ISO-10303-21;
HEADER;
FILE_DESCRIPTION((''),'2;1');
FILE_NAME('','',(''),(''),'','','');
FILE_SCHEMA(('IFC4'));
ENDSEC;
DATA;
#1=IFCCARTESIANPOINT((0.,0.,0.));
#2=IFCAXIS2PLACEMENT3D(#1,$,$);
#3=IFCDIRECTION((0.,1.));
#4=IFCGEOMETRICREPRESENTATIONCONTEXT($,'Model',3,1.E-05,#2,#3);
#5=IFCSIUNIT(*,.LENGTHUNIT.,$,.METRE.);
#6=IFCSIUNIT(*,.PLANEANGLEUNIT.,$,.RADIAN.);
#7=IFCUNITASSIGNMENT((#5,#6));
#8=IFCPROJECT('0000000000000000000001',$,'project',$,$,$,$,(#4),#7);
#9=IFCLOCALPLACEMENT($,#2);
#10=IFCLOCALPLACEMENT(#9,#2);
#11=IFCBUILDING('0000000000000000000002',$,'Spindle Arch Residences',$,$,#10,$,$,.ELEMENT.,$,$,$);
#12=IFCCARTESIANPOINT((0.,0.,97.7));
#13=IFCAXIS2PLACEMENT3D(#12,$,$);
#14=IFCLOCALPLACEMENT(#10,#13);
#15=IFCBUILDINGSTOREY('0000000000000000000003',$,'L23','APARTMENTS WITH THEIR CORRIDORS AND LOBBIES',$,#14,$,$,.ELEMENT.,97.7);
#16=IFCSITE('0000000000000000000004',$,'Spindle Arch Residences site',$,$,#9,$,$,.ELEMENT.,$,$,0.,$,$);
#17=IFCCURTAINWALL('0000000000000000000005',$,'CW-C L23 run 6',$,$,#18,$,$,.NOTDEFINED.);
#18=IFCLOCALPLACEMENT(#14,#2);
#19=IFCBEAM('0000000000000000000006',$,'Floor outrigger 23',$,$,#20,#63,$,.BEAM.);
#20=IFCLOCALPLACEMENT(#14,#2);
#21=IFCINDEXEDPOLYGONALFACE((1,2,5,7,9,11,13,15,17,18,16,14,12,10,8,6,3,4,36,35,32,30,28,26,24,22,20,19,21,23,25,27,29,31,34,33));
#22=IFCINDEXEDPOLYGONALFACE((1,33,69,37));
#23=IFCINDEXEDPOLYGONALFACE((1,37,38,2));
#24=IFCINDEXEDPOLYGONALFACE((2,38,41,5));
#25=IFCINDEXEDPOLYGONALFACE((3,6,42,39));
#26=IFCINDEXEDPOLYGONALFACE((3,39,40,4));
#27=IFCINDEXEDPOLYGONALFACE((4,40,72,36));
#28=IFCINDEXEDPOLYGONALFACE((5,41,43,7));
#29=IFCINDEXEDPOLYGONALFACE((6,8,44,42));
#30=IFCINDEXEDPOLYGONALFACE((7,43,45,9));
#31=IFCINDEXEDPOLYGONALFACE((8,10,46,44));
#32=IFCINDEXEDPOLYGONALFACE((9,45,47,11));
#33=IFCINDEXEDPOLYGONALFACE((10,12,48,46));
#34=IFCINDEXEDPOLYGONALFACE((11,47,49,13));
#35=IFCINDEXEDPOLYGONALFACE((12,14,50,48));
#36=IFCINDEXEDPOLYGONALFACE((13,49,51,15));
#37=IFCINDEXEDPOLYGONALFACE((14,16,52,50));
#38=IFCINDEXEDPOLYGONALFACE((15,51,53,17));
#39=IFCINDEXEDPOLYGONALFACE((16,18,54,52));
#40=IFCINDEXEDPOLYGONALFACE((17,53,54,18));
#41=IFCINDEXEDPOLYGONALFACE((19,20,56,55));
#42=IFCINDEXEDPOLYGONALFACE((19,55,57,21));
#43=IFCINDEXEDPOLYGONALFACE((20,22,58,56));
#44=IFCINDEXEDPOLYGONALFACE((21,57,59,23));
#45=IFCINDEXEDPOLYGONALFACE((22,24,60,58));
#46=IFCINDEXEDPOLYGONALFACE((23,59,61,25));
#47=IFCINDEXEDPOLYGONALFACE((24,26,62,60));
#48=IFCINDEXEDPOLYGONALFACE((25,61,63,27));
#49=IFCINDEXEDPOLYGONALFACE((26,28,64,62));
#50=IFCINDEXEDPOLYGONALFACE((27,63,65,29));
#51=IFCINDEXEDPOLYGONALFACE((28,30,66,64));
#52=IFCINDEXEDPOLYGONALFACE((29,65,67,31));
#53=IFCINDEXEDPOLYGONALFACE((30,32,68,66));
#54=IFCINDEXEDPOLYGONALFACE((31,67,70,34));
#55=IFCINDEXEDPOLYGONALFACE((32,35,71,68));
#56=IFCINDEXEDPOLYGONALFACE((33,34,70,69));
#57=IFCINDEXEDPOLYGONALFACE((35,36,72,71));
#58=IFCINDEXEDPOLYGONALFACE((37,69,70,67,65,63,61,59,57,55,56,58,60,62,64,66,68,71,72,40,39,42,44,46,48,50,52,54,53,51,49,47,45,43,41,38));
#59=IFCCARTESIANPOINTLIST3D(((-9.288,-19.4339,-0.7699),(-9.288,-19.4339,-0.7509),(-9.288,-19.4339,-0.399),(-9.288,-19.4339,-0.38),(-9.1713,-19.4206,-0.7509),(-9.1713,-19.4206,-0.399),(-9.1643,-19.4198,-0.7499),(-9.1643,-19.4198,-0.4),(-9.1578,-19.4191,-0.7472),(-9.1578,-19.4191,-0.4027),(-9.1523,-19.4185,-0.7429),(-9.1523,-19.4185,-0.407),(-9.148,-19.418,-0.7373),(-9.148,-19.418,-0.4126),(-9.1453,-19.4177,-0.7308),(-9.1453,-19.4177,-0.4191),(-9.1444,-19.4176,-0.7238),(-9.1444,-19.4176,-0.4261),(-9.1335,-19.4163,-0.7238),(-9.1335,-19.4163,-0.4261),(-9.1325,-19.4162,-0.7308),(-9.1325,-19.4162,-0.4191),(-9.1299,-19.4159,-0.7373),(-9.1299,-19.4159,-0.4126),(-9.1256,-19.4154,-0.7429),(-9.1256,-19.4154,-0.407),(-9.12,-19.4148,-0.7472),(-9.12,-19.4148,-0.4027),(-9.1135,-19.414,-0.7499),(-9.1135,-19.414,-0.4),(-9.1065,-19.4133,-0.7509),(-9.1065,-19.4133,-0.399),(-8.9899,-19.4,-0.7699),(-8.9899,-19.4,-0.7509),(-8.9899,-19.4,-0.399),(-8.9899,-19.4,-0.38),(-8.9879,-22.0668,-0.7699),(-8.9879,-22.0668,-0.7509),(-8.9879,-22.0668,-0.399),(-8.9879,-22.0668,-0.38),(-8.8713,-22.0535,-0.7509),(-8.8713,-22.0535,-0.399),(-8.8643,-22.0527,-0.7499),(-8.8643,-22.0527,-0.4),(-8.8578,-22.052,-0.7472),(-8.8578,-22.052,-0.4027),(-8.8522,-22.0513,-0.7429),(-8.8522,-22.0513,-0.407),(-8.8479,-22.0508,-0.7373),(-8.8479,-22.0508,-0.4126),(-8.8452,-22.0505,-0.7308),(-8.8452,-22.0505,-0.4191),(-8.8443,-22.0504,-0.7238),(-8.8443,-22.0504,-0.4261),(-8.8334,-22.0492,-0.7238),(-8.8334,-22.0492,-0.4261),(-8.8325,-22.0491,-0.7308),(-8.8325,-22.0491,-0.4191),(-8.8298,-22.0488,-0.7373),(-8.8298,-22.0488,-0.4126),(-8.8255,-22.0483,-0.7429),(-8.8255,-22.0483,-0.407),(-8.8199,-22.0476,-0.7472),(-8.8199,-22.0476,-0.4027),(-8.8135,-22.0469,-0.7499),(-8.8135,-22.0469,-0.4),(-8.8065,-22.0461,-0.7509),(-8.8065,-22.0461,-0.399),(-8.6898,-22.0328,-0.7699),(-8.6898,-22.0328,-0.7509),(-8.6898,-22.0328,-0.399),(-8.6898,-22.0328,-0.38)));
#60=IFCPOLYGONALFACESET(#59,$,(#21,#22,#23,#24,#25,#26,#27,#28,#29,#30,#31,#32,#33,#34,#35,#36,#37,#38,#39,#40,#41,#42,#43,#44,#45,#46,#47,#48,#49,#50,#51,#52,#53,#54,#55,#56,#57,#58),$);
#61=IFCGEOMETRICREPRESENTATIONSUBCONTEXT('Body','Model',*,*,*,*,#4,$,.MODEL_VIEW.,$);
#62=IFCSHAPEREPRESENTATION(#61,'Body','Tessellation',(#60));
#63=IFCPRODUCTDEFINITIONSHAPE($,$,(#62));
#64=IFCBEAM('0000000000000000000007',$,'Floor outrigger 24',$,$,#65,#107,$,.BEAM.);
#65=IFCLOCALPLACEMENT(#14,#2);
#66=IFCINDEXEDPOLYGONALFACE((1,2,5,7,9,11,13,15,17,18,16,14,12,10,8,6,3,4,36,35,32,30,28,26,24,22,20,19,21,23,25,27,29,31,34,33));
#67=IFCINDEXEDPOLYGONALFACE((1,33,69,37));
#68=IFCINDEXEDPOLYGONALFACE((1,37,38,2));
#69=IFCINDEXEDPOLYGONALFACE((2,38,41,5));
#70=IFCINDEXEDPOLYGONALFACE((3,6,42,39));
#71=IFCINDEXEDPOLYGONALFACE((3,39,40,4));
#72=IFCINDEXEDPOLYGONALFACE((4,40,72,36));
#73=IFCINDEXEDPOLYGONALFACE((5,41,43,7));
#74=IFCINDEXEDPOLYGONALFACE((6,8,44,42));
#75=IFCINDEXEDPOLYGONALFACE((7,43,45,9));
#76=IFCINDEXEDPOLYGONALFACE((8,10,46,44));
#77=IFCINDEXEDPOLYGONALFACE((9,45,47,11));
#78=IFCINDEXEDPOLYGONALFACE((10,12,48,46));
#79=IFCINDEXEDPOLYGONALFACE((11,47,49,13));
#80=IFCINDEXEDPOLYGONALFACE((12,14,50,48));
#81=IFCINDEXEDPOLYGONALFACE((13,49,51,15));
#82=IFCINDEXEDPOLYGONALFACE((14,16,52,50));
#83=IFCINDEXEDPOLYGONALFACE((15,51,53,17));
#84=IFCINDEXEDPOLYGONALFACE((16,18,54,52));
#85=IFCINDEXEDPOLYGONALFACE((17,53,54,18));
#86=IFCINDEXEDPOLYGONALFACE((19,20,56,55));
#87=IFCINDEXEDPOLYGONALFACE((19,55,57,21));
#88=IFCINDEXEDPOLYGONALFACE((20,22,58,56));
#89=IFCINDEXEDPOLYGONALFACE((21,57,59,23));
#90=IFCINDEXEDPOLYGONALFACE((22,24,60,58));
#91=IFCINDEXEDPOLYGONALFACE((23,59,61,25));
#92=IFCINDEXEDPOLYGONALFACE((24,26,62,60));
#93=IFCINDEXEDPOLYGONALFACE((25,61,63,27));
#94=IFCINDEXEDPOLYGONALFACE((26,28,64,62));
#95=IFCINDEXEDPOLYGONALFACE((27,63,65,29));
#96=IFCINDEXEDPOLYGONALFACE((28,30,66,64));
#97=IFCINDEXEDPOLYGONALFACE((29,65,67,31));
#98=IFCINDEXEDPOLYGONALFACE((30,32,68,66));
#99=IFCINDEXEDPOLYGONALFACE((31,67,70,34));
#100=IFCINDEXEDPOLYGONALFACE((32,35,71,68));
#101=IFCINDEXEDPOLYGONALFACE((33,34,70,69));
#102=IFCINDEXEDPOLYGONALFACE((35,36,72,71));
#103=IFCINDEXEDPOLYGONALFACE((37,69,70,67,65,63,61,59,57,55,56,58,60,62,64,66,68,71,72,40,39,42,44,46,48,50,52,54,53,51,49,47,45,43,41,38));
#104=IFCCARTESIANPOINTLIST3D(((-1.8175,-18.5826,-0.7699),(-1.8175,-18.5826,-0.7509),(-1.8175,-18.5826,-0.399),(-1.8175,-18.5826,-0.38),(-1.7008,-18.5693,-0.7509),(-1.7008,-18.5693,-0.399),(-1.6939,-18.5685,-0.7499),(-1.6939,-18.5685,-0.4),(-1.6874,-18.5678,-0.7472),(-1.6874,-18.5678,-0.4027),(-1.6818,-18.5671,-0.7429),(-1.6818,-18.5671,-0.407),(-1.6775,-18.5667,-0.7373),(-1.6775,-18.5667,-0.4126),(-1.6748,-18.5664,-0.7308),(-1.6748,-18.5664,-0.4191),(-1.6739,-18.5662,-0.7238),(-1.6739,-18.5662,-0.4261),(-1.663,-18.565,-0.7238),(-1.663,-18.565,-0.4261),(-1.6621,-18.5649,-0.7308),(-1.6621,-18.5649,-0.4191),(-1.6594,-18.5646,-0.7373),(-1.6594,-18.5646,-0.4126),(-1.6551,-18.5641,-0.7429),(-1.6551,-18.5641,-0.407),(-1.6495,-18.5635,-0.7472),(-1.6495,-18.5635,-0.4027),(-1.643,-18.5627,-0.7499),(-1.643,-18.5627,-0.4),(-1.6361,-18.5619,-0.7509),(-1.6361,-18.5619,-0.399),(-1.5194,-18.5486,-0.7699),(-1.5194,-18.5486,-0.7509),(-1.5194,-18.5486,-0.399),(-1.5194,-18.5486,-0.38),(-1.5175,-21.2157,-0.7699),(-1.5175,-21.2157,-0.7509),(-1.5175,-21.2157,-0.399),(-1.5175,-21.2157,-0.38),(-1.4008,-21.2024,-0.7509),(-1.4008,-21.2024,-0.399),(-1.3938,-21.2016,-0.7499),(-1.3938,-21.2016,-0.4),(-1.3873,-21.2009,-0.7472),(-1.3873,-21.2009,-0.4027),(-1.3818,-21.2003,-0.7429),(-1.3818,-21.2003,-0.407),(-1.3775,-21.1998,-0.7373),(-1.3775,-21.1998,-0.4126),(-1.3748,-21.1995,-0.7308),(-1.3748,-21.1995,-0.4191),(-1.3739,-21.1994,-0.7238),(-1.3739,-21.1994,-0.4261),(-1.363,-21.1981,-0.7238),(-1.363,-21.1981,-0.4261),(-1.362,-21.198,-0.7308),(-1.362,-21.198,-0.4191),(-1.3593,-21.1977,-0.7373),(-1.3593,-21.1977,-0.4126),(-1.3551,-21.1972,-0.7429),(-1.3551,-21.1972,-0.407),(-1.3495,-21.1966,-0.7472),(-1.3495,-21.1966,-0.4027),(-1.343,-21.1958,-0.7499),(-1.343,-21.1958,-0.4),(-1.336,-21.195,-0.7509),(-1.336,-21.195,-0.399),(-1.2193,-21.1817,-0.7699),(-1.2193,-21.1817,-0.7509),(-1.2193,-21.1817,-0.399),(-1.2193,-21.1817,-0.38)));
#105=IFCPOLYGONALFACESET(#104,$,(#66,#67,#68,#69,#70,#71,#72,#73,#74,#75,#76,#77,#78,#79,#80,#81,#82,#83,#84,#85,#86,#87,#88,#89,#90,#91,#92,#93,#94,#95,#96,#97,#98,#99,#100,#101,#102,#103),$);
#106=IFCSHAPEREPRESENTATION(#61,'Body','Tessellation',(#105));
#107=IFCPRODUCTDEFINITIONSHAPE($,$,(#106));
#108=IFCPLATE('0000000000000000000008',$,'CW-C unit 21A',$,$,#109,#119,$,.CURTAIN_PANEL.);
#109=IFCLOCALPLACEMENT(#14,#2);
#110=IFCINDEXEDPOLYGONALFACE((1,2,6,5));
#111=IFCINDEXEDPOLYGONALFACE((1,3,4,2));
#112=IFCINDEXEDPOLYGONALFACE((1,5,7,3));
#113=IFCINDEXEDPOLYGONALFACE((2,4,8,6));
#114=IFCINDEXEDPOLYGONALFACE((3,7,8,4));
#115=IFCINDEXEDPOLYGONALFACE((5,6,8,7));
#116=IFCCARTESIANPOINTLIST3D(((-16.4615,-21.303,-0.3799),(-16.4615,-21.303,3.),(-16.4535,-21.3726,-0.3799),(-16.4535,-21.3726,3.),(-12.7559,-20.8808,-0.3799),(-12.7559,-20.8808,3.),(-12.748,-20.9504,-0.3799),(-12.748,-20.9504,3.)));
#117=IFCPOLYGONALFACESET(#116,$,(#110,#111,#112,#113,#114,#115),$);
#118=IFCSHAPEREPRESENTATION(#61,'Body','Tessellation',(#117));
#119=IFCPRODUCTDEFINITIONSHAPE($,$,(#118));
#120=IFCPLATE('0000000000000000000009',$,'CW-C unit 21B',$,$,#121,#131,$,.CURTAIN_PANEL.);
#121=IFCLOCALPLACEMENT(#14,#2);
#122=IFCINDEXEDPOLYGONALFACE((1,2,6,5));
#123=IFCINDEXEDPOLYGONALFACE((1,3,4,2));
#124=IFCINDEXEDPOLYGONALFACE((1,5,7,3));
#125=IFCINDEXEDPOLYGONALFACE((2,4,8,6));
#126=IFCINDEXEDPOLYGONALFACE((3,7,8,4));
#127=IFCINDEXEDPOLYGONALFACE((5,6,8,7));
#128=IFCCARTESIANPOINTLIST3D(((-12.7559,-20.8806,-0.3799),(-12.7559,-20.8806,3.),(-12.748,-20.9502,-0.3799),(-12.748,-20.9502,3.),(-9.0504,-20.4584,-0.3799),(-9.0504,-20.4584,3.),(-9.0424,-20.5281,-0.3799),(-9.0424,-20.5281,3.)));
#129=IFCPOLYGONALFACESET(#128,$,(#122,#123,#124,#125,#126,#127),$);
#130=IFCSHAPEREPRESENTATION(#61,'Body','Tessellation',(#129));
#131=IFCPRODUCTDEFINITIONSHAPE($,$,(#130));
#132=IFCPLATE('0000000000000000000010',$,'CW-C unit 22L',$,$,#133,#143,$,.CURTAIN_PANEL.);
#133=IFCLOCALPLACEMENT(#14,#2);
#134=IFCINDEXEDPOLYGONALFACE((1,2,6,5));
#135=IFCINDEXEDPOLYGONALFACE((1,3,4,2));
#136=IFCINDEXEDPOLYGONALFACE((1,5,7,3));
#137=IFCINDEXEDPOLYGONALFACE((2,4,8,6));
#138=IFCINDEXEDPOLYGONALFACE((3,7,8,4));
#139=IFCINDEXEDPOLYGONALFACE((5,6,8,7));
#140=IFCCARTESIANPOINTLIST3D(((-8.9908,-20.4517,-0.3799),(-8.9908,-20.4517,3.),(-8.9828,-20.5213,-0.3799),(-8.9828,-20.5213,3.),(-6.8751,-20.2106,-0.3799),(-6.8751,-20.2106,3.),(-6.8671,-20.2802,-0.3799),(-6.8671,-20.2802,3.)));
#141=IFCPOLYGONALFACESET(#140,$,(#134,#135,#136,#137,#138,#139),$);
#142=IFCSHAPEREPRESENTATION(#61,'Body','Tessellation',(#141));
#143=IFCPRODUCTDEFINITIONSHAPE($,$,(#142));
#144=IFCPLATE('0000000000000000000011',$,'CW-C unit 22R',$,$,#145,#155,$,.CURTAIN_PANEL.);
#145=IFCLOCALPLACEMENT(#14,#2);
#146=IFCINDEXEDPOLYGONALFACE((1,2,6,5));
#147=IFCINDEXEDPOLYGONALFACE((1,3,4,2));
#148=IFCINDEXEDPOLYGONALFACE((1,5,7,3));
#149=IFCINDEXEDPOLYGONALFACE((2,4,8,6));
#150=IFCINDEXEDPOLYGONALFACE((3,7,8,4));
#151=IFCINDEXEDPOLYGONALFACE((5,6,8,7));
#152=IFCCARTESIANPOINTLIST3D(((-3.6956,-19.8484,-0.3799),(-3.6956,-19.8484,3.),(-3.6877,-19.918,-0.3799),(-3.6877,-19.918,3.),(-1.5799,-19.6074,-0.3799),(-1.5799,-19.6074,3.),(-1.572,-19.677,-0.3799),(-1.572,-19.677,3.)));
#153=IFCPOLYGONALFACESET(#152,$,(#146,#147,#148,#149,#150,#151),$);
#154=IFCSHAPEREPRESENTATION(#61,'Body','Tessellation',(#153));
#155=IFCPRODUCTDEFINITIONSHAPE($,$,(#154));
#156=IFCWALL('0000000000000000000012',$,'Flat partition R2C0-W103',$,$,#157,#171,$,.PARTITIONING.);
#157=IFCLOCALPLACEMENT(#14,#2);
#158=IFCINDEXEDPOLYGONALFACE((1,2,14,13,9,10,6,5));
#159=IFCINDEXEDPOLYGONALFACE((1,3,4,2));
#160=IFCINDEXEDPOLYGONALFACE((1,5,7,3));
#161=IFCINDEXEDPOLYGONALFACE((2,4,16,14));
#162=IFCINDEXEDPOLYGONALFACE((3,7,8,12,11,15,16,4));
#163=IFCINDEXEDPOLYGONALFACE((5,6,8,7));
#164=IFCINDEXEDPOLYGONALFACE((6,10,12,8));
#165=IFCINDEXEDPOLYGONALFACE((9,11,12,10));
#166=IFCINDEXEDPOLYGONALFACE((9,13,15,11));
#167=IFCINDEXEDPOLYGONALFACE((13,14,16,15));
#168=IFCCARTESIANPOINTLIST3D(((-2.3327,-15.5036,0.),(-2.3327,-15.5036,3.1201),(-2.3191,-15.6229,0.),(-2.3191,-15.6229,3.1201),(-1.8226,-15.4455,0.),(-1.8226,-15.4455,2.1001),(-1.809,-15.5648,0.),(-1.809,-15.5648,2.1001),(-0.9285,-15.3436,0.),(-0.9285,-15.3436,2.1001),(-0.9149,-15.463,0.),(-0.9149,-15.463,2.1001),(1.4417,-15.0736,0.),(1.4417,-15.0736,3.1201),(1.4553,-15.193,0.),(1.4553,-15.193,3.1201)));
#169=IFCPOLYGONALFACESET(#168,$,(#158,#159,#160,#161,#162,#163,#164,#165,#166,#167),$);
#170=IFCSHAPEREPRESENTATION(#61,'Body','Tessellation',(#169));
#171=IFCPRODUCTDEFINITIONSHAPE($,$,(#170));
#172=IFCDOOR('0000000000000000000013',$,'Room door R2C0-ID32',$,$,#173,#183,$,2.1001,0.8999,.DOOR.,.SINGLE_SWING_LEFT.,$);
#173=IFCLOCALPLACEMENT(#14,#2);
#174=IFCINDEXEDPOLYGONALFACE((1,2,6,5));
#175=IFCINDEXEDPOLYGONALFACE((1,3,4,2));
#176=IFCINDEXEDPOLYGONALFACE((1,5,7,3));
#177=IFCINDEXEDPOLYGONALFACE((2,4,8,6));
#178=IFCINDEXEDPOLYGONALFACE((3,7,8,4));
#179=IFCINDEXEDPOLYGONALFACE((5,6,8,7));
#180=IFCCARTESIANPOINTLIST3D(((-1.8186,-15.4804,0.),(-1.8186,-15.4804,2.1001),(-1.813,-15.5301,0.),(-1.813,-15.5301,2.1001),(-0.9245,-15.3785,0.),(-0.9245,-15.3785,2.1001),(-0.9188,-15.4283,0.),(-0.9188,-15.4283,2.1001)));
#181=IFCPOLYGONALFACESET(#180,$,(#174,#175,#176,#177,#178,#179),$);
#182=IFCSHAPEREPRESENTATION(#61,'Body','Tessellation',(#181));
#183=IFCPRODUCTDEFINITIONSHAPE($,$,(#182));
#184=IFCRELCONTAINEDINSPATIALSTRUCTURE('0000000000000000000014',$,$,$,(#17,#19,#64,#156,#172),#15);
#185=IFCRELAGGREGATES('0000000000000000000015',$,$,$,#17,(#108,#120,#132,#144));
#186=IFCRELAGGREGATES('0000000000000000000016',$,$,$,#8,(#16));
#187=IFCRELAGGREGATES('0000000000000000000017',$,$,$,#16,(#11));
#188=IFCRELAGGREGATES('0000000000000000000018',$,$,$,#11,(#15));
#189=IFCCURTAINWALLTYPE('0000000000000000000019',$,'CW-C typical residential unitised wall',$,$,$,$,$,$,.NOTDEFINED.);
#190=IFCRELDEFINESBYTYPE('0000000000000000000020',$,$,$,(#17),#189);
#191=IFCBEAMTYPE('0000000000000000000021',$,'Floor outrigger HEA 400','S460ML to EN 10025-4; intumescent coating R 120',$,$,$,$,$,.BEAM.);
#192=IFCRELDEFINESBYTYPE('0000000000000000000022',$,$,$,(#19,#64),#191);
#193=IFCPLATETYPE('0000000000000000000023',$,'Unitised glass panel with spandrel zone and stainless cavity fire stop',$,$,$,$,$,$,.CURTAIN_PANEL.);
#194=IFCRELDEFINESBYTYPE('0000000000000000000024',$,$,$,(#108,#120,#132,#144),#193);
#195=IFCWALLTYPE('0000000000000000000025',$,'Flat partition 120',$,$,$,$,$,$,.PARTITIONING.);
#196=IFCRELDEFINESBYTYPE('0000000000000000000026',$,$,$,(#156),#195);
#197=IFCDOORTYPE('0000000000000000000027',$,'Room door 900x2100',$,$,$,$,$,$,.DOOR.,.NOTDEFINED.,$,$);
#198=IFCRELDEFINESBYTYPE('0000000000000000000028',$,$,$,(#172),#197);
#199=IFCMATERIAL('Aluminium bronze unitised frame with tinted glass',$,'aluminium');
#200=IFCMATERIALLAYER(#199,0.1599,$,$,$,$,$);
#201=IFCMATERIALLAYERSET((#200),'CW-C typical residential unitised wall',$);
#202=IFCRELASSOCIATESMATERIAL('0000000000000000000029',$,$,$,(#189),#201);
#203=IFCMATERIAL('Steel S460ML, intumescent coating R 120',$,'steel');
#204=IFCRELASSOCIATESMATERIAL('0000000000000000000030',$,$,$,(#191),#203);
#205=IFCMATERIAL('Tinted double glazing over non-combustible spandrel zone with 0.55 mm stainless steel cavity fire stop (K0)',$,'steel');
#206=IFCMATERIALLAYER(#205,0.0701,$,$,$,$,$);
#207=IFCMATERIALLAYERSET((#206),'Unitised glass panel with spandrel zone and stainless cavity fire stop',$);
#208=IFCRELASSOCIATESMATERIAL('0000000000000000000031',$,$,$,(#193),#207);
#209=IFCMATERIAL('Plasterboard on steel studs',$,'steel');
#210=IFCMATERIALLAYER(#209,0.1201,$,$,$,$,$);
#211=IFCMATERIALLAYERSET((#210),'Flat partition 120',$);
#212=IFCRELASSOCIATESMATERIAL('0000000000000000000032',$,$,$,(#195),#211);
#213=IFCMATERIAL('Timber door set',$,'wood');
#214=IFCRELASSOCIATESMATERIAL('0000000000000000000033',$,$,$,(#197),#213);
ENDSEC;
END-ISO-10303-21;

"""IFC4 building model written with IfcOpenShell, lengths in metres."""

from ifc_helpers import new_model, si_unit, direction, frame, frame_2d, origin, origin_2d, place, context, subcontext, project, spatial, rectangle, i_section, extrude, material, layer, layer_set, material_profile, profile_set, type_object, element, fill, aggregate, save


model = new_model("IFC4")

# Units and contexts
model_context = context("Model", 3, precision=1e-05, world=origin(), true_north=direction((0.0, 1.0)))
body_context = subcontext(model_context, "Body", "Model", "MODEL_VIEW")
ifc_project = project(units=[si_unit("LENGTHUNIT", "METRE"), si_unit("PLANEANGLEUNIT", "RADIAN")], contexts=[model_context])

# Site, building, storey
site_placement = place(None, origin())
site = spatial("IfcSite", under=ifc_project, at=site_placement, Name="Spindle Arch Residences site", CompositionType="ELEMENT", RefElevation=0.0)
building_placement = place(site_placement, origin())
building = spatial("IfcBuilding", under=site, at=building_placement, Name="Spindle Arch Residences", CompositionType="ELEMENT")
storey_placement = place(building_placement, frame((0.0, 0.0, 97.7)))
storey = spatial("IfcBuildingStorey", under=building, at=storey_placement, Name="L23", Description="APARTMENTS WITH THEIR CORRIDORS AND LOBBIES", CompositionType="ELEMENT", Elevation=97.7)

# Curtain wall
ifc_material_1 = material(Name="Aluminium bronze unitised frame with tinted glass", Category="aluminium")
ifc_layer_1 = layer(ifc_material_1, 0.1599)
ifc_layer_set_1 = layer_set([ifc_layer_1], Name="CW-C typical residential unitised wall")
curtain_wall_type = type_object("IfcCurtainWallType", Name="CW-C typical residential unitised wall", PredefinedType="NOTDEFINED", material=ifc_layer_set_1)
curtain_wall_placement = place(storey_placement, origin())
curtain_wall = element("IfcCurtainWall", 1, at=curtain_wall_placement, inside=storey, type_object=curtain_wall_type, Name="CW-C L23 run 6", PredefinedType="NOTDEFINED")

# Beams
ifc_material_2 = material(Name="Steel S460ML, intumescent coating R 120", Category="steel")
ifc_material_profile_1 = material_profile(ifc_material_2, i_section(OverallWidth=0.3, OverallDepth=0.3899, WebThickness=0.011, FlangeThickness=0.019, FilletRadius=0.0271, at=origin_2d()), Name="HEA 400")
ifc_profile_set_1 = profile_set([ifc_material_profile_1], Name="Steel S460ML, intumescent coating R 120")
beam_type_1 = type_object("IfcBeamType", Name="Floor outrigger HEA 400", Description="S460ML to EN 10025-4; intumescent coating R 120", PredefinedType="BEAM", material=ifc_profile_set_1)
beam_1_placement = place(storey_placement, frame((-8.8389, -22.0498, -0.575), z_axis=(-0.113232, 0.993569, 0.0), x_axis=(-0.993569, -0.113232, 0.0)))
element("IfcBeam", 2, at=beam_1_placement, inside=storey, type_object=beam_type_1, Name="Floor outrigger 23", PredefinedType="BEAM", context=body_context, shape_type="SweptSolid", body=[
    extrude(i_section(OverallWidth=0.3, OverallDepth=0.3899, WebThickness=0.011, FlangeThickness=0.019, FilletRadius=0.0271, at=origin_2d()), origin(), (0.0, 0.0, 1.0), 2.6499),
])
beam_2_placement = place(storey_placement, frame((-1.3684, -21.1987, -0.575), z_axis=(-0.113222, 0.99357, 0.0), x_axis=(-0.99357, -0.113222, 0.0)))
element("IfcBeam", 3, at=beam_2_placement, inside=storey, type_object=beam_type_1, Name="Floor outrigger 24", PredefinedType="BEAM", context=body_context, shape_type="SweptSolid", body=[
    extrude(i_section(OverallWidth=0.3, OverallDepth=0.3899, WebThickness=0.011, FlangeThickness=0.019, FilletRadius=0.0271, at=origin_2d()), origin(), (0.0, 0.0, 1.0), 2.6501),
])

# Plates
ifc_material_3 = material(Name="Tinted double glazing over non-combustible spandrel zone with 0.55 mm stainless steel cavity fire stop (K0)", Category="steel")
ifc_layer_2 = layer(ifc_material_3, 0.0701)
ifc_layer_set_2 = layer_set([ifc_layer_2], Name="Unitised glass panel with spandrel zone and stainless cavity fire stop")
plate_type = type_object("IfcPlateType", Name="Unitised glass panel with spandrel zone and stainless cavity fire stop", PredefinedType="CURTAIN_PANEL", material=ifc_layer_set_2)
plate_1_placement = place(storey_placement, frame((-14.6047, -21.1267, -0.3799), z_axis=(0.0, 0.0, 1.0), x_axis=(0.993572, 0.113203, 0.0)))
plate_1 = element("IfcPlate", 4, at=plate_1_placement, type_object=plate_type, Name="CW-C unit 21A", PredefinedType="CURTAIN_PANEL", context=body_context, shape_type="SweptSolid", body=[
    extrude(rectangle(XDim=3.7295, YDim=0.0701, at=origin_2d()), origin(), (0.0, 0.0, 1.0), 3.3799),
])
plate_2_placement = place(storey_placement, frame((-10.8992, -20.7043, -0.3799), z_axis=(0.0, 0.0, 1.0), x_axis=(0.993572, 0.113203, 0.0)))
plate_2 = element("IfcPlate", 5, at=plate_2_placement, type_object=plate_type, Name="CW-C unit 21B", PredefinedType="CURTAIN_PANEL", context=body_context, shape_type="SweptSolid", body=[
    extrude(rectangle(XDim=3.7295, YDim=0.0701, at=origin_2d()), origin(), (0.0, 0.0, 1.0), 3.3799),
])
plate_3_placement = place(storey_placement, frame((-7.929, -20.366, -0.3799), z_axis=(0.0, 0.0, 1.0), x_axis=(0.993572, 0.113203, 0.0)))
plate_3 = element("IfcPlate", 6, at=plate_3_placement, type_object=plate_type, Name="CW-C unit 22L", PredefinedType="CURTAIN_PANEL", context=body_context, shape_type="SweptSolid", body=[
    extrude(rectangle(XDim=2.1294, YDim=0.0701, at=origin_2d()), origin(), (0.0, 0.0, 1.0), 3.3799),
])
plate_4_placement = place(storey_placement, frame((-2.6338, -19.7627, -0.3799), z_axis=(0.0, 0.0, 1.0), x_axis=(0.993572, 0.113203, 0.0)))
plate_4 = element("IfcPlate", 7, at=plate_4_placement, type_object=plate_type, Name="CW-C unit 22R", PredefinedType="CURTAIN_PANEL", context=body_context, shape_type="SweptSolid", body=[
    extrude(rectangle(XDim=2.1294, YDim=0.0701, at=origin_2d()), origin(), (0.0, 0.0, 1.0), 3.3799),
])
aggregate(curtain_wall, [plate_1, plate_2, plate_3, plate_4])

# Wall, opening, door
ifc_material_4 = material(Name="Plasterboard on steel studs", Category="steel")
ifc_layer_3 = layer(ifc_material_4, 0.1201)
ifc_layer_set_3 = layer_set([ifc_layer_3], Name="Flat partition 120")
wall_type_1 = type_object("IfcWallType", Name="Flat partition 120", PredefinedType="PARTITIONING", material=ifc_layer_set_3)
wall_1_placement = place(storey_placement, frame((-2.3259, -15.5632, 0.0), z_axis=(0.0, 0.0, 1.0), x_axis=(0.993575, 0.113175, 0.0)))
wall_1 = element("IfcWall", 8, at=wall_1_placement, inside=storey, type_object=wall_type_1, Name="Flat partition R2C0-W103", PredefinedType="PARTITIONING", context=body_context, shape_type="SweptSolid", body=[
    extrude(rectangle(XDim=3.7988, YDim=0.1201, at=frame_2d((1.8994, 0.0))), origin(), (0.0, 0.0, 1.0), 3.1201),
])
opening_1_placement = place(wall_1_placement, frame((0.5134, 0.0, 0.0)))
opening_1 = element("IfcOpeningElement", 9, at=opening_1_placement, cuts=wall_1, PredefinedType="OPENING", context=body_context, shape_type="SweptSolid", body=[
    extrude(rectangle(XDim=0.8999, YDim=2.1001, at=frame_2d((0.45, 1.05))), frame((0.0, 0.0701, 0.0), z_axis=(0.0, -1.0, 0.0), x_axis=(1.0, 0.0, 0.0)), (0.0, 0.0, 1.0), 0.1401),
])
ifc_material_5 = material(Name="Timber door set", Category="wood")
door_type_1 = type_object("IfcDoorType", Name="Room door 900x2100", OperationType="NOTDEFINED", PredefinedType="DOOR", material=ifc_material_5)
door_1_placement = place(opening_1_placement, origin())
door_1 = element("IfcDoor", 10, at=door_1_placement, inside=storey, type_object=door_type_1, Name="Room door R2C0-ID32", OperationType="SINGLE_SWING_LEFT", OverallHeight=2.1001, OverallWidth=0.8999, PredefinedType="DOOR", context=body_context, shape_type="SweptSolid", body=[
    extrude(rectangle(XDim=0.8999, YDim=2.1001, at=frame_2d((0.45, 1.05))), frame((0.0, 0.0249, 0.0), z_axis=(0.0, -1.0, 0.0), x_axis=(1.0, 0.0, 0.0)), (0.0, 0.0, 1.0), 0.05),
])
fill(opening_1, door_1)

save(model, "model.ifc")
